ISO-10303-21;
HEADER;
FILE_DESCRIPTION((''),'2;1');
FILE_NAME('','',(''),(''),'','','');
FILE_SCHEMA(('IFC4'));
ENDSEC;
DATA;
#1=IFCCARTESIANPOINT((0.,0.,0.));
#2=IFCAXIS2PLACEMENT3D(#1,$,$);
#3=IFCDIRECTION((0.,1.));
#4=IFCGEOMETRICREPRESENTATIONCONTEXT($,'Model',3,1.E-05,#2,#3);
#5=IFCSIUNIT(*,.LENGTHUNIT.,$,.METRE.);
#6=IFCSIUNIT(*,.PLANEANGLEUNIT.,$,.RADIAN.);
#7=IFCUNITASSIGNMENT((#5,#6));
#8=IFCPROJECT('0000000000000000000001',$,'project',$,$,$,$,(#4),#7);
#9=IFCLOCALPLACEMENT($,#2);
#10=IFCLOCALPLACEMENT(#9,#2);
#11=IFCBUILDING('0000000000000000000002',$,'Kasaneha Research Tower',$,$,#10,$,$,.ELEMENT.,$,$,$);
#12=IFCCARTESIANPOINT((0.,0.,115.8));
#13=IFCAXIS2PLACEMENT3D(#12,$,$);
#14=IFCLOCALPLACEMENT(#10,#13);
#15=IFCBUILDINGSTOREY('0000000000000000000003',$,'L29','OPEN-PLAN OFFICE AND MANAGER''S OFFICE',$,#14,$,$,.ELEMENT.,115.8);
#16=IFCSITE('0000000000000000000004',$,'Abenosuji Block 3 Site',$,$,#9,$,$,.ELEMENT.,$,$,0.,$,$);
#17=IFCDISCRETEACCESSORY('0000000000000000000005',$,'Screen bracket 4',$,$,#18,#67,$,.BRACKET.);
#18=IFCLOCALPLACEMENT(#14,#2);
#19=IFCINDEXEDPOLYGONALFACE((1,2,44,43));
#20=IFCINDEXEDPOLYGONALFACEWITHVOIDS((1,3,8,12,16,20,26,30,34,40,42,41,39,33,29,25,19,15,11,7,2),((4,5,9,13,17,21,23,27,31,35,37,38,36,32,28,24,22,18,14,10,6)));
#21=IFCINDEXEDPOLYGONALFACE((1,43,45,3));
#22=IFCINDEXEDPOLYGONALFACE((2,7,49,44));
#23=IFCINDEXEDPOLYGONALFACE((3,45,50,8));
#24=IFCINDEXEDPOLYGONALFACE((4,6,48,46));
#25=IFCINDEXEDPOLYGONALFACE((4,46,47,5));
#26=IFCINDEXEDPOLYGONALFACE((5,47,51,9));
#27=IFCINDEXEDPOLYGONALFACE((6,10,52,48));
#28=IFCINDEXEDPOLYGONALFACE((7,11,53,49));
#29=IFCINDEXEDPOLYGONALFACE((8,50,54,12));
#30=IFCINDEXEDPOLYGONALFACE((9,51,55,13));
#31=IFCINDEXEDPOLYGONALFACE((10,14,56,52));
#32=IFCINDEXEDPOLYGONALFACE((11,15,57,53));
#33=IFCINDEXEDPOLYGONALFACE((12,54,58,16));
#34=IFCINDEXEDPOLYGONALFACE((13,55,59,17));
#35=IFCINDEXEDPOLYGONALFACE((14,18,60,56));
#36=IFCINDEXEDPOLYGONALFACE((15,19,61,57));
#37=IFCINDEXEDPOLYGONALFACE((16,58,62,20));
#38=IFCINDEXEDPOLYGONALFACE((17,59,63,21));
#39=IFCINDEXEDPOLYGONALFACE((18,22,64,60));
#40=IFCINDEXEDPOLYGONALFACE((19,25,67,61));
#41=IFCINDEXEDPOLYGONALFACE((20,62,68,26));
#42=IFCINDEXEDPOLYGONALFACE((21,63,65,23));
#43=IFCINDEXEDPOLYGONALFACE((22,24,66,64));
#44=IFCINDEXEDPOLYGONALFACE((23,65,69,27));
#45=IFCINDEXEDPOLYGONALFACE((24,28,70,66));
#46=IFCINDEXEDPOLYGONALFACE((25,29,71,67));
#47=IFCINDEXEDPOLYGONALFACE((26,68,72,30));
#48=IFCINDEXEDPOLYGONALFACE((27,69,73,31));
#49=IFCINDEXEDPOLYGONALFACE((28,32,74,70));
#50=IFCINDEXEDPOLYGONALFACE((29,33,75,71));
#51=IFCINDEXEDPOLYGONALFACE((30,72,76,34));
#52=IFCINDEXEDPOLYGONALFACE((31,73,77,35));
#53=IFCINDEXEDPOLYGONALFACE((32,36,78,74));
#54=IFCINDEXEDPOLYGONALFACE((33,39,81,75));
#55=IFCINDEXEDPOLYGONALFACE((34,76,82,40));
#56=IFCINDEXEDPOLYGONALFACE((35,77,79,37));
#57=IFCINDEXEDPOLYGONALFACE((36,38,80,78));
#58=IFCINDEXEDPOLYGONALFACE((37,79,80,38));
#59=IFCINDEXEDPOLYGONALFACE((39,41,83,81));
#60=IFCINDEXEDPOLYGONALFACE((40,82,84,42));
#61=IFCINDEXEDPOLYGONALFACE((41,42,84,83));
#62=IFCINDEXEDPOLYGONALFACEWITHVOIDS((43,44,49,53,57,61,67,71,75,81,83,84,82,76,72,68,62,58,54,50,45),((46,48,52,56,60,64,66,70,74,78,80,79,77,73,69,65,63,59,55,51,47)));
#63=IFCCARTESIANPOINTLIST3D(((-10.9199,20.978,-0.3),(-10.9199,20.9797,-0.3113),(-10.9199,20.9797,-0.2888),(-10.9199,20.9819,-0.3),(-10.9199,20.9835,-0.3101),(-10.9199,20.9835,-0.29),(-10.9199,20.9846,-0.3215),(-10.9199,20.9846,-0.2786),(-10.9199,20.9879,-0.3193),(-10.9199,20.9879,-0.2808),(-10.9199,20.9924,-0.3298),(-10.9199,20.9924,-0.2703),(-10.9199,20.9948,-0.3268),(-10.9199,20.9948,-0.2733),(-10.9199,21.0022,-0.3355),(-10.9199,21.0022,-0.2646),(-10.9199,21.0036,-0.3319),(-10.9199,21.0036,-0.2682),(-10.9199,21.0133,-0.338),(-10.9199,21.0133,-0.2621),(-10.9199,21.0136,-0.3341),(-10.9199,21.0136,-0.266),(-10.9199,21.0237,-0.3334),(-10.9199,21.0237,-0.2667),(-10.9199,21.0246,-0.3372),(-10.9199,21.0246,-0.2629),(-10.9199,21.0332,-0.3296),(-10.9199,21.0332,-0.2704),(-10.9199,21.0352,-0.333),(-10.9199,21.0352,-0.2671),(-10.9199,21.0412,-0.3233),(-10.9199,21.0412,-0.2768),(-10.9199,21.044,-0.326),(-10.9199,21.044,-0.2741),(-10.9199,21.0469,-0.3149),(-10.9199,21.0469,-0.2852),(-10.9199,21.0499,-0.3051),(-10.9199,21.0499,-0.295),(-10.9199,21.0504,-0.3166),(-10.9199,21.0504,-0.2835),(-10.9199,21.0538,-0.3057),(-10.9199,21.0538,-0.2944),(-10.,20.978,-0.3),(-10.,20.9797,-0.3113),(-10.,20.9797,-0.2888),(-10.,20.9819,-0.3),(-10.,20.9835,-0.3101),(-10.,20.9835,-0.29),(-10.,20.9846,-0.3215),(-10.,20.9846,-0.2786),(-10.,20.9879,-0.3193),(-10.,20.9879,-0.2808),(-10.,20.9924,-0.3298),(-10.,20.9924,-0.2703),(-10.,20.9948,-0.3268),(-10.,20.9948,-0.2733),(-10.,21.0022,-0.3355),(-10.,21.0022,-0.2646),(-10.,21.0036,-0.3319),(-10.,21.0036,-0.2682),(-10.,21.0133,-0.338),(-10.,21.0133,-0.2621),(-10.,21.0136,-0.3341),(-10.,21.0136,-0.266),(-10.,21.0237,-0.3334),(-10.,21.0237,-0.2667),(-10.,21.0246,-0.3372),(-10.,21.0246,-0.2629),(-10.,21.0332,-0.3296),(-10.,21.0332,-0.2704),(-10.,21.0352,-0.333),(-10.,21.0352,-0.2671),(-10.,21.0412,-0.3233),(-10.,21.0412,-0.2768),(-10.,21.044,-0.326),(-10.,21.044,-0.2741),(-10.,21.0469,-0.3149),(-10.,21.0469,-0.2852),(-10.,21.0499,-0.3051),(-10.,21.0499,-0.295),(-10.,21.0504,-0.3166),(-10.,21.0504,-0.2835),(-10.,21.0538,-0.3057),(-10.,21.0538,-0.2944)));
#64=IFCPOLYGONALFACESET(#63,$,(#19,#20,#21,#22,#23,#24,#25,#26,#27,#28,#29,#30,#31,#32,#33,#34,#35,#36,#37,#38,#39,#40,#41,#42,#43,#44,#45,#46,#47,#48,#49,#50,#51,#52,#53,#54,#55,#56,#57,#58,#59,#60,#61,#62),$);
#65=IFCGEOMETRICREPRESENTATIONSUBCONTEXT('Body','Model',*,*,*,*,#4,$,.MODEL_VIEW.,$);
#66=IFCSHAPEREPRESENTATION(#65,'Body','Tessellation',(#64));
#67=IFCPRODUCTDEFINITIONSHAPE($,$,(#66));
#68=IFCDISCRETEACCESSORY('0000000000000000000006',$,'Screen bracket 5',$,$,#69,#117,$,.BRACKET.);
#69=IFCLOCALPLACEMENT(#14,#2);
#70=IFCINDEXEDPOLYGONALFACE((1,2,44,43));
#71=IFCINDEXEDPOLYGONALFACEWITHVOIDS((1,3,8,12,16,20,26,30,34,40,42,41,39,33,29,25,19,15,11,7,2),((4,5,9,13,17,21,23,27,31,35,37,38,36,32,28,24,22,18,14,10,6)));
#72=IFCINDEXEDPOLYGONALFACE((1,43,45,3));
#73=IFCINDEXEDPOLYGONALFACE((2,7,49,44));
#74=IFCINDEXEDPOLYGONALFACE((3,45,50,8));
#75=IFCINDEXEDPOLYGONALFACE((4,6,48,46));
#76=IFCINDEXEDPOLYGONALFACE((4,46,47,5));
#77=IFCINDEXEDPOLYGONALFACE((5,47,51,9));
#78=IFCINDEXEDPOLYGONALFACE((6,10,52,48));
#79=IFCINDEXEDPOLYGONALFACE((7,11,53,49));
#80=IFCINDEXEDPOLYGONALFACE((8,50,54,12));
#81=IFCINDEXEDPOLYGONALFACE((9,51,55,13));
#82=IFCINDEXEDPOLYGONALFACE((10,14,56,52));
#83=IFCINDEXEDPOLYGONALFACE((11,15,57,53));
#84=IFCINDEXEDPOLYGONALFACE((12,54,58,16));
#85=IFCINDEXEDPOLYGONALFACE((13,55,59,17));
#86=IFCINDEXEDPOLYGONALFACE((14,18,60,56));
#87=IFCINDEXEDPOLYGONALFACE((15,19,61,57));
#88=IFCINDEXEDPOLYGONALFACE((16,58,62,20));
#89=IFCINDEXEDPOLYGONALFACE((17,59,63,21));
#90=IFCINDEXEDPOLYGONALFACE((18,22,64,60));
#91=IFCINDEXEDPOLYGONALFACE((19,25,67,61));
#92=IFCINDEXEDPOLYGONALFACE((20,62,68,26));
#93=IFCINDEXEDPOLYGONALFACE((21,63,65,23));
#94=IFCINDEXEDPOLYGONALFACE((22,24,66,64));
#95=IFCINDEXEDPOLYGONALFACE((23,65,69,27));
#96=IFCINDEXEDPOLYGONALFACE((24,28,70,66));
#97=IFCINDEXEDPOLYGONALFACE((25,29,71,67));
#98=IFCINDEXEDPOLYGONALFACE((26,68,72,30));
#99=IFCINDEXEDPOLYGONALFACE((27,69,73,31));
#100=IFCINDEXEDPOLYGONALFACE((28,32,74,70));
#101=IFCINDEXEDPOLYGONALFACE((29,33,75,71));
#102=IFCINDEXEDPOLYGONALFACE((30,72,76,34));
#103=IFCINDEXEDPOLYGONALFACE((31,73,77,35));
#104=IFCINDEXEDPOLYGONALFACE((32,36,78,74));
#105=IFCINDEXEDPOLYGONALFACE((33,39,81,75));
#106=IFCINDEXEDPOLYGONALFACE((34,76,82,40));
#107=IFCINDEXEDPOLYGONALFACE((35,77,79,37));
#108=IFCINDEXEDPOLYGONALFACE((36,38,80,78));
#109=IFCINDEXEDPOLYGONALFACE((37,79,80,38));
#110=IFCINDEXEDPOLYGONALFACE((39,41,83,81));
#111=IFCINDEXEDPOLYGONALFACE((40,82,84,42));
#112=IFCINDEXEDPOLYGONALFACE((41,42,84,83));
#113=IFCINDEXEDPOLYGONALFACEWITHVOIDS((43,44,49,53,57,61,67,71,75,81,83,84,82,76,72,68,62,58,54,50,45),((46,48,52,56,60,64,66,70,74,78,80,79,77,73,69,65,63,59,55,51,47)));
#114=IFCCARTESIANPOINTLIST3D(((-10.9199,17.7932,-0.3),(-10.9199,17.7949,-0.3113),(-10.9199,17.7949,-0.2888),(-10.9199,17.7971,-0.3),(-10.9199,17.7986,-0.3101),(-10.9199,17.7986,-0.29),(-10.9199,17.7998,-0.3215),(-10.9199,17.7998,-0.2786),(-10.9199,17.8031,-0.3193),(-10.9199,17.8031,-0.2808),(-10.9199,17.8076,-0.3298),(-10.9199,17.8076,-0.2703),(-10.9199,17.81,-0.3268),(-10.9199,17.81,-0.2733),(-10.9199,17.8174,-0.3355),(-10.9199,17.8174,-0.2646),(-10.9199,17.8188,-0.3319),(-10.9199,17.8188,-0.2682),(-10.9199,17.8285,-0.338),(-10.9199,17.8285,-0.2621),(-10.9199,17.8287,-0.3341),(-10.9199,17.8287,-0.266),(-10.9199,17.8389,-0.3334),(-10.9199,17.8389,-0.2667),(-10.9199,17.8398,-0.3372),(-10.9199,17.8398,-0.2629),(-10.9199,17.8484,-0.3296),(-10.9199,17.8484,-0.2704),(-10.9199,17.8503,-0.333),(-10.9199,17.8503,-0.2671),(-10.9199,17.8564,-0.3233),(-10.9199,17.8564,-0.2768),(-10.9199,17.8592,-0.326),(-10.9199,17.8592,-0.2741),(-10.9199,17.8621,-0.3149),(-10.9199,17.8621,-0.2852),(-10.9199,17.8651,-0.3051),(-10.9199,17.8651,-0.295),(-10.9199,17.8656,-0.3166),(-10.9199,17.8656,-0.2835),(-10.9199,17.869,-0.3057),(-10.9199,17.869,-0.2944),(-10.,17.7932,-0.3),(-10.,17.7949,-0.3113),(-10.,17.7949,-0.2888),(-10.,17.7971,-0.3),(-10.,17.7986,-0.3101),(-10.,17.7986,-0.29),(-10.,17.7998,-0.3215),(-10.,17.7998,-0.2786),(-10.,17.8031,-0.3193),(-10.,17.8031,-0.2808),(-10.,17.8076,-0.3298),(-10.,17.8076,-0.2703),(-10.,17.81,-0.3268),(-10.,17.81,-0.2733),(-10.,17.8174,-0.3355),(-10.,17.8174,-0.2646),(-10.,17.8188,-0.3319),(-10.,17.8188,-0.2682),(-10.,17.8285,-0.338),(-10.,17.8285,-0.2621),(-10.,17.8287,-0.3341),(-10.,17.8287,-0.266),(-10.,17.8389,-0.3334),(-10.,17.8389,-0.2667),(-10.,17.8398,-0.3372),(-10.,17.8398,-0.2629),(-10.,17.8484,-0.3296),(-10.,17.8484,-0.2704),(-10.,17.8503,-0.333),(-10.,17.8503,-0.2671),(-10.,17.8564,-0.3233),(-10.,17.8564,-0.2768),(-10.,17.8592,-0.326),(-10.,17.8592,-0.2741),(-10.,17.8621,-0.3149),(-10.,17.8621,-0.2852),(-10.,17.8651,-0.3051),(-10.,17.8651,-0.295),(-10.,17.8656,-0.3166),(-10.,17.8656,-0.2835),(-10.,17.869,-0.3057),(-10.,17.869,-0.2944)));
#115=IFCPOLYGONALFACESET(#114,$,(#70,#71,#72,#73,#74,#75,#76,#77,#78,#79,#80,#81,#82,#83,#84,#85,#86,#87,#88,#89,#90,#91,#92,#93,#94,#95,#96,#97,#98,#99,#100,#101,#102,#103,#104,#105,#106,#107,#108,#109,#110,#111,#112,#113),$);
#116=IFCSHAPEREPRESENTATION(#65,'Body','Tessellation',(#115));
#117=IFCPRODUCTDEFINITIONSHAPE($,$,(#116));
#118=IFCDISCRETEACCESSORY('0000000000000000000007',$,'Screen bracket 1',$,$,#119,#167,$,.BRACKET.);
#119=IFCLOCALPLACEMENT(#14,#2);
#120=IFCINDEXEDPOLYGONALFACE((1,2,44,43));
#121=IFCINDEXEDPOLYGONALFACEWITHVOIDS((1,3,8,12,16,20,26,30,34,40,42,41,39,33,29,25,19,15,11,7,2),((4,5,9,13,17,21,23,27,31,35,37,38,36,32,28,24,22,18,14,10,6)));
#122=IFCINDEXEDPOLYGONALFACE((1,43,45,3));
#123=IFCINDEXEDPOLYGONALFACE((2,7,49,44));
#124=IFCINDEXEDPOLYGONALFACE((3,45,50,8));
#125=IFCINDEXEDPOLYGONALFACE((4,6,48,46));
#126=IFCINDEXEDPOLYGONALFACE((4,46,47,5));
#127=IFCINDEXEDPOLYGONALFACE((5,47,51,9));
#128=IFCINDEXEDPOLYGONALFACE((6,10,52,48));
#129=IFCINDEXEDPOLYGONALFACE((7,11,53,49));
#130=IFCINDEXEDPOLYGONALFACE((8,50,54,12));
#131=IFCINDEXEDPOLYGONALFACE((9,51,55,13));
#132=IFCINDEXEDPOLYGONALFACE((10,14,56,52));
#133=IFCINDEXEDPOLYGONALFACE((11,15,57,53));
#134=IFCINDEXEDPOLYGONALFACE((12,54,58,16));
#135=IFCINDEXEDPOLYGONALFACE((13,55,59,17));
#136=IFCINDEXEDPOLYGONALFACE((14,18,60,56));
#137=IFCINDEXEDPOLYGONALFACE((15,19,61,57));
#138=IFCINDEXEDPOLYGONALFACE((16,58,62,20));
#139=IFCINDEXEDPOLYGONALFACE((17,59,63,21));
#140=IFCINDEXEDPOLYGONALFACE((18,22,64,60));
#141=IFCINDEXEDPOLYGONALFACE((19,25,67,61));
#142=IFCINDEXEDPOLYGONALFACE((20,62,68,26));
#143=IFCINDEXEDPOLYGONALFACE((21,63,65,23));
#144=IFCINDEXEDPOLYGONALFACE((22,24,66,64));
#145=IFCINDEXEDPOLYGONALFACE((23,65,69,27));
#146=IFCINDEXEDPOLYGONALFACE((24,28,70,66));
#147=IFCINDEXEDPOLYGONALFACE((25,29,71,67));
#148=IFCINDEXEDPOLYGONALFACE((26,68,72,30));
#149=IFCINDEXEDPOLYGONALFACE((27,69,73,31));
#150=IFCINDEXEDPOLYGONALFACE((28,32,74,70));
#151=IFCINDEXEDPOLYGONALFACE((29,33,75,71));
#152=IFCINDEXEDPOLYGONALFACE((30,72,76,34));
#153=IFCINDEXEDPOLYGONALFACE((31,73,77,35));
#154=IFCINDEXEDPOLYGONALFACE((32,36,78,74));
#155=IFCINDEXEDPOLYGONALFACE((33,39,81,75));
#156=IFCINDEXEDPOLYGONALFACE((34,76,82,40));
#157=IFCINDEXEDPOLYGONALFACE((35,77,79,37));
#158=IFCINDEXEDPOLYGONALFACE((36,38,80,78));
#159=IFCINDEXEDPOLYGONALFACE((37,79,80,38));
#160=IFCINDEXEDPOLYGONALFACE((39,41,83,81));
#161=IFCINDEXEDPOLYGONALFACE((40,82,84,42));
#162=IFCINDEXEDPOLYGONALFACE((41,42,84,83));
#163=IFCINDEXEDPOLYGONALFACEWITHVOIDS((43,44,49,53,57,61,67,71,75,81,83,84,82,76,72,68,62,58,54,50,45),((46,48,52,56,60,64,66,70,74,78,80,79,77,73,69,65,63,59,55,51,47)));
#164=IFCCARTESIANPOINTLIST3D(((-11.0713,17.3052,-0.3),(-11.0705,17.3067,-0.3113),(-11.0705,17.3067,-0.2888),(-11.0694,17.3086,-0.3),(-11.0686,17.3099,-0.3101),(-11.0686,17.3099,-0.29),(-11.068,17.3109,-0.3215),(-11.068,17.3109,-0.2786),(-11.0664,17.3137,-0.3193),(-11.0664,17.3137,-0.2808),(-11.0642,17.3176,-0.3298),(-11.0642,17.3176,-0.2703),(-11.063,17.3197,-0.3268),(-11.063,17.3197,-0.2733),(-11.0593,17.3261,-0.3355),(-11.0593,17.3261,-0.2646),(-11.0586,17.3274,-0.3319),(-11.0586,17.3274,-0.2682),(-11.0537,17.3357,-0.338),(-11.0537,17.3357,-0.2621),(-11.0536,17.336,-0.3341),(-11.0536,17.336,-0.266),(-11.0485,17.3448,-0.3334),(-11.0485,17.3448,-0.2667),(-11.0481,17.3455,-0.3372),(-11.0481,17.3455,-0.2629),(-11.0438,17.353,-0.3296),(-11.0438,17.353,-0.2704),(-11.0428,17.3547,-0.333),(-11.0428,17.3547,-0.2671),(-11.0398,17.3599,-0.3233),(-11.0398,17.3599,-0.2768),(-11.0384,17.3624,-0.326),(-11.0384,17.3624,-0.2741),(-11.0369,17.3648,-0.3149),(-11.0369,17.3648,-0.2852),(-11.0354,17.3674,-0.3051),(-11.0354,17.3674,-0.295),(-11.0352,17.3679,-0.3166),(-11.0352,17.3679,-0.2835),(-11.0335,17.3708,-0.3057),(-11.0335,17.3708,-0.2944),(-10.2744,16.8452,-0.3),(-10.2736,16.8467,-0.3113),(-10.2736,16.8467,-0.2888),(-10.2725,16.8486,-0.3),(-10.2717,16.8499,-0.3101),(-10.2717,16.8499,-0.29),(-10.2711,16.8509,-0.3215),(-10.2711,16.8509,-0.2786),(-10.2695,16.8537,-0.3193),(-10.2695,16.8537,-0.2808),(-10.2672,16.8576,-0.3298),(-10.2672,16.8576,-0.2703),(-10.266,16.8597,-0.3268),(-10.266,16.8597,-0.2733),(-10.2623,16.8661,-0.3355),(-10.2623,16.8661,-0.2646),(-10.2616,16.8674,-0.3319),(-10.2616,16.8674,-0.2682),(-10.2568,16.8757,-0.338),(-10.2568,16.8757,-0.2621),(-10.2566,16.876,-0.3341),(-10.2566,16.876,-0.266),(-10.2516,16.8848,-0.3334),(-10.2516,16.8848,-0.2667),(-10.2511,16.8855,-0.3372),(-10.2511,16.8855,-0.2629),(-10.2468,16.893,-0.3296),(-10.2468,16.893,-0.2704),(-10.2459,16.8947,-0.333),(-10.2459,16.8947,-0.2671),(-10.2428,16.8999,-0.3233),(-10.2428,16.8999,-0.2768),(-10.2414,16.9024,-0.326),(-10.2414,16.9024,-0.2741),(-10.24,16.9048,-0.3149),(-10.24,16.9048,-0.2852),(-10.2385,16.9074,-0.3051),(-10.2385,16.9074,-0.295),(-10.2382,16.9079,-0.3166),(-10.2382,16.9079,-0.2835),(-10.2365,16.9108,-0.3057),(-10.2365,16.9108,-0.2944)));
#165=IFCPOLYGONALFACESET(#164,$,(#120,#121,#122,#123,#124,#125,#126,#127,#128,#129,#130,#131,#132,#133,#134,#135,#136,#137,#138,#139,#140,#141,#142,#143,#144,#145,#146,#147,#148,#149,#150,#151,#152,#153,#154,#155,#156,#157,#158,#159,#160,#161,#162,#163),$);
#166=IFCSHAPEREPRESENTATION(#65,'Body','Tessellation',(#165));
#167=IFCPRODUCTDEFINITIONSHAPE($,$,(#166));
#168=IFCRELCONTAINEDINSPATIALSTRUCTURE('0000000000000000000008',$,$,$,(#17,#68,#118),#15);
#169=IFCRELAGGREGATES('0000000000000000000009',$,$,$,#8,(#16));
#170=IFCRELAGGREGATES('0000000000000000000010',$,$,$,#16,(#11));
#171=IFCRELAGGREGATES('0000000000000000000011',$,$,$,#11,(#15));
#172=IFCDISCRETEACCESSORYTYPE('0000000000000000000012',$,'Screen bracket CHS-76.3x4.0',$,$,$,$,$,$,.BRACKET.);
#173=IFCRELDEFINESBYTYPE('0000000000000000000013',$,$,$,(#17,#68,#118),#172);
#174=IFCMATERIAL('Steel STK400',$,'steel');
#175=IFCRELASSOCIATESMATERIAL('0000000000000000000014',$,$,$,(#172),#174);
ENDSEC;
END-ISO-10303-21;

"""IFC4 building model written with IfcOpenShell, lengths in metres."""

from ifc_helpers import new_model, si_unit, direction, frame, origin, origin_2d, place, context, subcontext, project, spatial, hollow_circle, extrude, material, material_profile, profile_set, type_object, element, save


model = new_model("IFC4")

# Units and contexts
model_context = context("Model", 3, precision=1e-05, world=origin(), true_north=direction((0.0, 1.0)))
body_context = subcontext(model_context, "Body", "Model", "MODEL_VIEW")
ifc_project = project(units=[si_unit("LENGTHUNIT", "METRE"), si_unit("PLANEANGLEUNIT", "RADIAN")], contexts=[model_context])

# Site, building, storey
site_placement = place(None, origin())
site = spatial("IfcSite", under=ifc_project, at=site_placement, Name="Abenosuji Block 3 Site", CompositionType="ELEMENT", RefElevation=0.0)
building_placement = place(site_placement, origin())
building = spatial("IfcBuilding", under=site, at=building_placement, Name="Kasaneha Research Tower", CompositionType="ELEMENT")
storey_placement = place(building_placement, frame((0.0, 0.0, 115.8)))
storey = spatial("IfcBuildingStorey", under=building, at=storey_placement, Name="L29", Description="OPEN-PLAN OFFICE AND MANAGER'S OFFICE", CompositionType="ELEMENT", Elevation=115.8)

# Discrete accessories
ifc_material_1 = material(Name="Steel STK400", Category="steel")
ifc_material_profile_1 = material_profile(ifc_material_1, hollow_circle(Radius=0.0381, WallThickness=0.0039, at=origin_2d()), Name="CHS-76.3x4.0")
ifc_profile_set_1 = profile_set([ifc_material_profile_1], Name="Steel STK400")
discrete_accessory_type = type_object("IfcDiscreteAccessoryType", Name="Screen bracket CHS-76.3x4.0", PredefinedType="BRACKET", material=ifc_profile_set_1)
for number, where, z_axis, x_axis, name in (
    (1, (-10.0, 21.0161, -0.3), (-1.0, 0.0, 0.0), (0.0, -1.0, 0.0), "Screen bracket 4"),
    (2, (-10.0, 17.8313, -0.3), (-1.0, 0.0, 0.0), (0.0, -1.0, 0.0), "Screen bracket 5"),
):
    element("IfcDiscreteAccessory", number, at=place(storey_placement, frame(where, z_axis=z_axis, x_axis=x_axis)), inside=storey, type_object=discrete_accessory_type, Name=name, PredefinedType="BRACKET", context=body_context, shape_type="SweptSolid", body=[
        extrude(hollow_circle(Radius=0.0381, WallThickness=0.0039, at=origin_2d()), origin(), (0.0, 0.0, 1.0), 0.9199),
    ])
discrete_accessory_placement = place(storey_placement, frame((-10.2554, 16.8782, -0.3), z_axis=(-0.86608, 0.499906, 0.0), x_axis=(-0.499906, -0.86608, 0.0)))
element("IfcDiscreteAccessory", 3, at=discrete_accessory_placement, inside=storey, type_object=discrete_accessory_type, Name="Screen bracket 1", PredefinedType="BRACKET", context=body_context, shape_type="SweptSolid", body=[
    extrude(hollow_circle(Radius=0.0381, WallThickness=0.0039, at=origin_2d()), origin(), (0.0, 0.0, 1.0), 0.9202),
])

save(model, "model.ifc")
